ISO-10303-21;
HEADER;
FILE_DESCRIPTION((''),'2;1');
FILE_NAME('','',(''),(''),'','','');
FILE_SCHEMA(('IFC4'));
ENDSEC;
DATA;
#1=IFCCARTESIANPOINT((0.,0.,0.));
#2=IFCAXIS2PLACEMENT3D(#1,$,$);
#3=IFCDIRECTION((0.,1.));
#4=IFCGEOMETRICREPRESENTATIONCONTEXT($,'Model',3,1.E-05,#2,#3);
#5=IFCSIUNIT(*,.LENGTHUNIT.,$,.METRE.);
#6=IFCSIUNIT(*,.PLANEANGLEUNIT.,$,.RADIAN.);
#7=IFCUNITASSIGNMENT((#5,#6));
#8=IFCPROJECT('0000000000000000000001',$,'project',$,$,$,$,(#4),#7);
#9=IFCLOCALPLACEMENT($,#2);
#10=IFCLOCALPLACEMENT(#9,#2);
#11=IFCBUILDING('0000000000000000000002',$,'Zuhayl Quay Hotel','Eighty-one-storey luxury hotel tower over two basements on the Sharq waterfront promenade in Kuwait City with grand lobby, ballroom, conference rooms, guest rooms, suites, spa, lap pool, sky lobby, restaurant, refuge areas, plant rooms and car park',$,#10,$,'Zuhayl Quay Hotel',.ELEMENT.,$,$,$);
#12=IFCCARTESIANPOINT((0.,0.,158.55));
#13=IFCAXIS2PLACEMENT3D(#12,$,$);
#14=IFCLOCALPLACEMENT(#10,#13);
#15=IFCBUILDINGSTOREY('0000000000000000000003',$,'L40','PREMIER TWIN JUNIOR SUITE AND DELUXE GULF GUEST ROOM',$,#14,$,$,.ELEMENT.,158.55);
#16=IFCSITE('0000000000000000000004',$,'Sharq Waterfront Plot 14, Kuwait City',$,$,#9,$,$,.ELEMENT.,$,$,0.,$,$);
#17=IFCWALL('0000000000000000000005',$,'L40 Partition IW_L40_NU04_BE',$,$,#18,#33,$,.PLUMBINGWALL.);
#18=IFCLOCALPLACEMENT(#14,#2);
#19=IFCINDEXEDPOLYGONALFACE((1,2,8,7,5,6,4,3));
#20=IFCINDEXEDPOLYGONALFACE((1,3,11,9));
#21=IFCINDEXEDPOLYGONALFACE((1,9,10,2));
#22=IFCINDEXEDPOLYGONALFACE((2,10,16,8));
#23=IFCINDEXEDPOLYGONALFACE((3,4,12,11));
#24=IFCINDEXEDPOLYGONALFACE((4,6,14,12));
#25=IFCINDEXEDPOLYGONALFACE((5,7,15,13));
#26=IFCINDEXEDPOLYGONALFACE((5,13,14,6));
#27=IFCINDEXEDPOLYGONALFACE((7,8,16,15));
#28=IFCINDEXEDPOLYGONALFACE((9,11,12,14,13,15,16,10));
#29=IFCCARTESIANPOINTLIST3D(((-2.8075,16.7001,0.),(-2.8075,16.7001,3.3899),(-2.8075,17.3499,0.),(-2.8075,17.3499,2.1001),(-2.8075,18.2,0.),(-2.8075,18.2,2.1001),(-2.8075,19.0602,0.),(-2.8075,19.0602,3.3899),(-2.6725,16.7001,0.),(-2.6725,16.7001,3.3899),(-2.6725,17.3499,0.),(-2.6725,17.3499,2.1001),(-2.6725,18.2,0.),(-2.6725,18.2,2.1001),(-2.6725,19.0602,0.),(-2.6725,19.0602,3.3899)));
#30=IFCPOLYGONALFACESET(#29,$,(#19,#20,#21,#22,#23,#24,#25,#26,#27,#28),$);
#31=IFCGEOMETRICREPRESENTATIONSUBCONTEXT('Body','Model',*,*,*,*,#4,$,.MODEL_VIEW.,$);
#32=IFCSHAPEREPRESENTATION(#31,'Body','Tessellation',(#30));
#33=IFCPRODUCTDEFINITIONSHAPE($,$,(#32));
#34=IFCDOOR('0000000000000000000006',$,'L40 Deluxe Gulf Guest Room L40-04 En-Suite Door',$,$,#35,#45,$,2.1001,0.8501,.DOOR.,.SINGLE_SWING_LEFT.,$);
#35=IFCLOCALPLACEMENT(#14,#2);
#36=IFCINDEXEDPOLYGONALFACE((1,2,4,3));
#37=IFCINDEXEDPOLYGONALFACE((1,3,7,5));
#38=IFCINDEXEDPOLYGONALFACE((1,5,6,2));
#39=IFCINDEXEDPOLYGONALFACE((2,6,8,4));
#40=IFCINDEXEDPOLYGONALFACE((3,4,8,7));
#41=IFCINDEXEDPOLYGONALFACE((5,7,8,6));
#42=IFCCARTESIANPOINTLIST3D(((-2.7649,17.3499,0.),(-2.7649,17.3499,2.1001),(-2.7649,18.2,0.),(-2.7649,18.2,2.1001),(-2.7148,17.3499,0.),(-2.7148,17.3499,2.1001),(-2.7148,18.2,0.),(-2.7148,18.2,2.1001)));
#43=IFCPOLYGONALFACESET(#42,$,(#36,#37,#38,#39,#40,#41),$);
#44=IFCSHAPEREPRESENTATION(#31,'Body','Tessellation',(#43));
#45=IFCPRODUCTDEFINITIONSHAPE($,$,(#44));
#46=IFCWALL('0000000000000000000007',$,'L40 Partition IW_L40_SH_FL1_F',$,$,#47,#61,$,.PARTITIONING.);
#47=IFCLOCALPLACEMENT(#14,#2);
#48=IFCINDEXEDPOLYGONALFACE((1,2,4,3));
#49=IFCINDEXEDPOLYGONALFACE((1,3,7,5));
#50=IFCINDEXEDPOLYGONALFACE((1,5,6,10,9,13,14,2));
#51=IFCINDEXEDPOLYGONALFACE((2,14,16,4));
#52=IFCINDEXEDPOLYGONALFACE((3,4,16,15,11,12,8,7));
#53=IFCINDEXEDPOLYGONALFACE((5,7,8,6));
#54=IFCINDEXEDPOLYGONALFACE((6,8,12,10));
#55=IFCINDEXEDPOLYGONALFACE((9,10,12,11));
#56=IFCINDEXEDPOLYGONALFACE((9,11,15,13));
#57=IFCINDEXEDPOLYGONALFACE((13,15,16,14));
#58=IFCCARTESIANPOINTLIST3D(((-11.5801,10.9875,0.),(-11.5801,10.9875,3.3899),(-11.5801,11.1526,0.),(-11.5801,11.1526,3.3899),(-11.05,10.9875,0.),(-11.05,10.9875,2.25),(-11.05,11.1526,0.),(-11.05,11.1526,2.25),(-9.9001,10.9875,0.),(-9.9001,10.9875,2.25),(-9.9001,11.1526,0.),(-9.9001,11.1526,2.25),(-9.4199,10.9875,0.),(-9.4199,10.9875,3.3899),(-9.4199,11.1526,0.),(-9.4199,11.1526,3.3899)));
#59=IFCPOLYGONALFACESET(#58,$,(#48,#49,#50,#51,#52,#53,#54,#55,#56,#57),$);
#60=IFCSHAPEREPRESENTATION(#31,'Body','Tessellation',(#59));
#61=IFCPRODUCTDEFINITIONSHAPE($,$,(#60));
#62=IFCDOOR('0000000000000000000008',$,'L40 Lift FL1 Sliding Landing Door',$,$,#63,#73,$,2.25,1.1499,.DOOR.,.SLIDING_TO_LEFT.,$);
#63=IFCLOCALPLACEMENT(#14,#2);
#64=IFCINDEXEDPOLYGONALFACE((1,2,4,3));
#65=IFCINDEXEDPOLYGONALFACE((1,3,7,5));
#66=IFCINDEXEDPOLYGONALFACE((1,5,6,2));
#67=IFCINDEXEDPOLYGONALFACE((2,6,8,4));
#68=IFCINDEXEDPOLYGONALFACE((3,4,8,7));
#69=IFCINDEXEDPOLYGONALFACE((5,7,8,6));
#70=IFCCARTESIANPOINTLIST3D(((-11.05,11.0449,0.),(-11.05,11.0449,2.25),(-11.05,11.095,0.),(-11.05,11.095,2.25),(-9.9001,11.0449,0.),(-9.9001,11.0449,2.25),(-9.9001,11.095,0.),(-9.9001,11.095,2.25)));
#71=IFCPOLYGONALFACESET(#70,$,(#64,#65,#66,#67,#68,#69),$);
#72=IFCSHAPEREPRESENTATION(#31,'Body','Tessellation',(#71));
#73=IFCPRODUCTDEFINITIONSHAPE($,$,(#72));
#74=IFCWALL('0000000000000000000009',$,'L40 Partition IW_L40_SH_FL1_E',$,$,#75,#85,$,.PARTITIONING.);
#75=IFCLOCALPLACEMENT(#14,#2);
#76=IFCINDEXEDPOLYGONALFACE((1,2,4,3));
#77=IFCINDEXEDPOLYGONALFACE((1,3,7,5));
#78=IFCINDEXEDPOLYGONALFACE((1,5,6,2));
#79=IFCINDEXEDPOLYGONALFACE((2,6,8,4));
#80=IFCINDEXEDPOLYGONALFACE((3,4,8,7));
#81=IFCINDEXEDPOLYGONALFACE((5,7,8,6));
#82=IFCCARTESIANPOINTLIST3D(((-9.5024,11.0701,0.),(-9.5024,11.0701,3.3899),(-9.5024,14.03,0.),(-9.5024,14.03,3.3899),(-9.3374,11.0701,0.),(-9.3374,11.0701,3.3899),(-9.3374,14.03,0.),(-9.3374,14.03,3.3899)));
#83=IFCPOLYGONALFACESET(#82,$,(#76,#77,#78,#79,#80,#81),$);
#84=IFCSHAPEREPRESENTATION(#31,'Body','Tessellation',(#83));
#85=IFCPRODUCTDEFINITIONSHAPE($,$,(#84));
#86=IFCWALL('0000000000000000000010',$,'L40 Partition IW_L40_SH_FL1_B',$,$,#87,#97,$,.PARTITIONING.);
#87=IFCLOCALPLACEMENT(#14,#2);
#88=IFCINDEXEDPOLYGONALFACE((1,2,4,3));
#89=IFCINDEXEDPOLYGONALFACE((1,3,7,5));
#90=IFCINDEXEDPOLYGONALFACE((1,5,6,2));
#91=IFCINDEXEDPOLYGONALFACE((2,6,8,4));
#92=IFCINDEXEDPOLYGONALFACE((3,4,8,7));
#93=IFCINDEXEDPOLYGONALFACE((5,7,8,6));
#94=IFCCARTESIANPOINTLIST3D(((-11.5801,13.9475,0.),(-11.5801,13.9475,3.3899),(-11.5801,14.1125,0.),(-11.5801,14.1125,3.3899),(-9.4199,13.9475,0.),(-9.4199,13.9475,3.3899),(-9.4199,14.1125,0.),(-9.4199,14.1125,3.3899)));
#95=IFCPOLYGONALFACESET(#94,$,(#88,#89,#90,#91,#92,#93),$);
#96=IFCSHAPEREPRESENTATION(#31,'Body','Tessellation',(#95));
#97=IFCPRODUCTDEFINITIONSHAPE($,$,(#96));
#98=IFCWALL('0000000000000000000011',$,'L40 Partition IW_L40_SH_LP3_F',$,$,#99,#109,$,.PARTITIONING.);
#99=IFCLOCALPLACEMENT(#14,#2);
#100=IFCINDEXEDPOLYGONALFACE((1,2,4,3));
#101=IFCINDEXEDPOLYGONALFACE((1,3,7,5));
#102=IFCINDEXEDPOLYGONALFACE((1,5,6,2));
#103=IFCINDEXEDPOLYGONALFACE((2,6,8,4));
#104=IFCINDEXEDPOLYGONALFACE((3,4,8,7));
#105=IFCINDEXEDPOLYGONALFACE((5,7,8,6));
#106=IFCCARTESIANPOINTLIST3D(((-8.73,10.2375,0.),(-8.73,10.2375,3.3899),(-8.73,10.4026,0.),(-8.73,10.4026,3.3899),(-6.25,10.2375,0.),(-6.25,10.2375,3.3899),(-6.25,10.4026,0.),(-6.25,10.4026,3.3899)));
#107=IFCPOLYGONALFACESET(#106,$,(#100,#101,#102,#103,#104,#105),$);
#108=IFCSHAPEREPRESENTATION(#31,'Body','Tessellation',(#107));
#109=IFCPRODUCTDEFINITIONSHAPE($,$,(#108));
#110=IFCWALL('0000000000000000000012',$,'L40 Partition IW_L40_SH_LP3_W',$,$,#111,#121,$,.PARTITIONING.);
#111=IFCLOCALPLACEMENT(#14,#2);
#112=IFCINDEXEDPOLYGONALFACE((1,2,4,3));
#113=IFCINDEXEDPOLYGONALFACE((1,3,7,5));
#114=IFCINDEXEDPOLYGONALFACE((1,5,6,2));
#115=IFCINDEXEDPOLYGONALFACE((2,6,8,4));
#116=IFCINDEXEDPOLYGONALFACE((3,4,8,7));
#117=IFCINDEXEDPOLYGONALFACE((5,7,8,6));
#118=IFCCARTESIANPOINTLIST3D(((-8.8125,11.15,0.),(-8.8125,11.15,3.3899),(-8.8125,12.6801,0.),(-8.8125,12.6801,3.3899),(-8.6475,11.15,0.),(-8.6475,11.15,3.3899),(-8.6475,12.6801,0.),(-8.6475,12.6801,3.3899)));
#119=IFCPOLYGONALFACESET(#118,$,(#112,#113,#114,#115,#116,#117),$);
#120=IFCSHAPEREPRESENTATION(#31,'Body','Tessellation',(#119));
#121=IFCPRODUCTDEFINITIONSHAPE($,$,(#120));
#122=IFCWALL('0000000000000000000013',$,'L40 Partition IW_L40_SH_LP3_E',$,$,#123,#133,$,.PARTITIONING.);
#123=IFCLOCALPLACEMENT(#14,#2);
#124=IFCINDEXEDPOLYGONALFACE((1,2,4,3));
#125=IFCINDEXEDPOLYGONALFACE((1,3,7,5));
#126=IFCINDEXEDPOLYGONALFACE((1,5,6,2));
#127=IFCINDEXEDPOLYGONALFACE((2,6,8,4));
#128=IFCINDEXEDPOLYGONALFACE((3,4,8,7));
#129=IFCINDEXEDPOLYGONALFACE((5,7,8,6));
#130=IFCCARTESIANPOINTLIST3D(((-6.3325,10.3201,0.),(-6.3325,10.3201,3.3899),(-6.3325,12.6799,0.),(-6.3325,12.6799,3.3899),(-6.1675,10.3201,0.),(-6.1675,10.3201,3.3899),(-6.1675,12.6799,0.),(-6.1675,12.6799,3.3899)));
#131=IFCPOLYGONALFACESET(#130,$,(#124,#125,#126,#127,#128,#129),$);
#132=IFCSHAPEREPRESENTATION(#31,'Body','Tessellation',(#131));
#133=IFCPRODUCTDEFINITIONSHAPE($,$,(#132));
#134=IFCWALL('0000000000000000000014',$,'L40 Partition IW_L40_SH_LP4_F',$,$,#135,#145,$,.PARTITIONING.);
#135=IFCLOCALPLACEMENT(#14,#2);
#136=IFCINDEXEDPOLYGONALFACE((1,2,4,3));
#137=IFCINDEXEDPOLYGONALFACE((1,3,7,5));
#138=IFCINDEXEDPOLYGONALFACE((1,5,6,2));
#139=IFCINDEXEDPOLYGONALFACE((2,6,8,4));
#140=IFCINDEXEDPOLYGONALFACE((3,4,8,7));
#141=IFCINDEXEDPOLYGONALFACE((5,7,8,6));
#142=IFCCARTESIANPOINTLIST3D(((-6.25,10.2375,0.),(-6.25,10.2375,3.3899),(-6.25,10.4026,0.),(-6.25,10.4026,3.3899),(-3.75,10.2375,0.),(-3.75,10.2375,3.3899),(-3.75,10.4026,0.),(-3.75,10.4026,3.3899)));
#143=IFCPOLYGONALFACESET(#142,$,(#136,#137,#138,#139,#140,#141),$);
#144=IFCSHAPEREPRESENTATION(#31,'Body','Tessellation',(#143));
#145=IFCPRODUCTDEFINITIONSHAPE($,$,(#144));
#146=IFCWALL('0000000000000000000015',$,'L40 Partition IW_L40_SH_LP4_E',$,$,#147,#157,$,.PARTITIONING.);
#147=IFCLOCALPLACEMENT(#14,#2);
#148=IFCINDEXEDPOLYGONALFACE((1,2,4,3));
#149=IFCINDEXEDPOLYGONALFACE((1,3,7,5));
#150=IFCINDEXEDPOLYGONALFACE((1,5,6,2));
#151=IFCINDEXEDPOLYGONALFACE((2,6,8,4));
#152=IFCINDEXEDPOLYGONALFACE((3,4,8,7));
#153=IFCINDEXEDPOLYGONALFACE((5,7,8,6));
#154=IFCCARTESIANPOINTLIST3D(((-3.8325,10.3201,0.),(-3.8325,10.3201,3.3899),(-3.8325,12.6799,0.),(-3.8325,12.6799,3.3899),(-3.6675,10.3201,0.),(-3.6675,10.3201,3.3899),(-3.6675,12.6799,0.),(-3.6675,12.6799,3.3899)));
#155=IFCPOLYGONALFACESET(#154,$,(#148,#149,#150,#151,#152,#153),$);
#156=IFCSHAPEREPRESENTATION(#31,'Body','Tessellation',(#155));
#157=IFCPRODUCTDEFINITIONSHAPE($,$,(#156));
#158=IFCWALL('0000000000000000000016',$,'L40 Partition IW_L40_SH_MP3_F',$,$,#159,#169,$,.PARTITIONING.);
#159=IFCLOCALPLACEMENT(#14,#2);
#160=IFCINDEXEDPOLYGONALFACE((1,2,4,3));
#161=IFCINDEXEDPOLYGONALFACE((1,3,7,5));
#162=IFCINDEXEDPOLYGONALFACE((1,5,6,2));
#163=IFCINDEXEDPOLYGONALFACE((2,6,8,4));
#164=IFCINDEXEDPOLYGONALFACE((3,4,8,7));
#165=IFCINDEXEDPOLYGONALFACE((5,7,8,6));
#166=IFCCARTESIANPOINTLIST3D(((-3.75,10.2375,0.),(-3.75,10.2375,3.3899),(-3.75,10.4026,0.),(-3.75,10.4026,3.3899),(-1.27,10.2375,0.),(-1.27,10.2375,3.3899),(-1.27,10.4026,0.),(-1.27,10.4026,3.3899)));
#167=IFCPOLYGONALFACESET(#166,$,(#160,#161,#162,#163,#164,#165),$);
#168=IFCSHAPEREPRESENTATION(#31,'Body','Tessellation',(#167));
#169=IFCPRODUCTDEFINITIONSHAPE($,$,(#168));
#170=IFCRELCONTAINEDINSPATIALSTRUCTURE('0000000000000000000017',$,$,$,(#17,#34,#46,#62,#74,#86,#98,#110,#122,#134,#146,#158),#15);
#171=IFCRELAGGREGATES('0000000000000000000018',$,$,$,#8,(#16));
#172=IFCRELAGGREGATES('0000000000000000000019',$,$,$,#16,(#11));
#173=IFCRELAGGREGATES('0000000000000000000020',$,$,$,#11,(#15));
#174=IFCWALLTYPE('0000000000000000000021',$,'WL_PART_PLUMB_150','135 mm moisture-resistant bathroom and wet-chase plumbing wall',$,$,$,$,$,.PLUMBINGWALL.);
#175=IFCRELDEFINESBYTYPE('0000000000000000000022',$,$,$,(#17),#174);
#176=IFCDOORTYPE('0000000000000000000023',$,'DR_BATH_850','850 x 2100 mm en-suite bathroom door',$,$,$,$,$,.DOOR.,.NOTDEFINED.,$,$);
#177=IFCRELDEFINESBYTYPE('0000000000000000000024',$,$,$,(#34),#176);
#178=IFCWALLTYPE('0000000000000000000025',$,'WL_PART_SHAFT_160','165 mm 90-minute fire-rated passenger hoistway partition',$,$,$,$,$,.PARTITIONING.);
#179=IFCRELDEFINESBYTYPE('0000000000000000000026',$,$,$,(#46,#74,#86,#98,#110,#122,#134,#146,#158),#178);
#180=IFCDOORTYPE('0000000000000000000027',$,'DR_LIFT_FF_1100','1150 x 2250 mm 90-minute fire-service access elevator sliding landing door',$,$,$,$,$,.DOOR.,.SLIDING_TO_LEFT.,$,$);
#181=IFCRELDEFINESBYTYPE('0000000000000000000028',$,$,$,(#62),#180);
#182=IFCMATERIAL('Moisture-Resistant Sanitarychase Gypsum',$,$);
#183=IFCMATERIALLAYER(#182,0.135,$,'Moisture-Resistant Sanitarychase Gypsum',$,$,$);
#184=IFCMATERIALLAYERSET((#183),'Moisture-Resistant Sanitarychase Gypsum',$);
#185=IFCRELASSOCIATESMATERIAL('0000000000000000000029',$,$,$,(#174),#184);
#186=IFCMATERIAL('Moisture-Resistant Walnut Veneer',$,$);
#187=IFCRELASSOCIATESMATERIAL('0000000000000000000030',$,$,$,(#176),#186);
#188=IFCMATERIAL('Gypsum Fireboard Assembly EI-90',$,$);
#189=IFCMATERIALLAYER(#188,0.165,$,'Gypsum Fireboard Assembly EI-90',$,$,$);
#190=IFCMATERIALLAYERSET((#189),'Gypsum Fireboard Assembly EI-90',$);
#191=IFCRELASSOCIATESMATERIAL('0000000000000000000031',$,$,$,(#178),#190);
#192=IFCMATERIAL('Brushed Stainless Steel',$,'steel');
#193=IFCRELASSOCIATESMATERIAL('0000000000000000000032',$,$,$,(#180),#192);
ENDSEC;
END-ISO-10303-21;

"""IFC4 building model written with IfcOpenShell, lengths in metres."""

from ifc_helpers import new_model, si_unit, direction, frame, frame_2d, origin, place, context, subcontext, project, spatial, rectangle, extrude, material, layer, layer_set, type_object, element, fill, save


model = new_model("IFC4")

# Units and contexts
model_context = context("Model", 3, precision=1e-05, world=origin(), true_north=direction((0.0, 1.0)))
body_context = subcontext(model_context, "Body", "Model", "MODEL_VIEW")
ifc_project = project(units=[si_unit("LENGTHUNIT", "METRE"), si_unit("PLANEANGLEUNIT", "RADIAN")], contexts=[model_context])

# Site, building, storey
site_placement = place(None, origin())
site = spatial("IfcSite", under=ifc_project, at=site_placement, Name="Sharq Waterfront Plot 14, Kuwait City", CompositionType="ELEMENT", RefElevation=0.0)
building_placement = place(site_placement, origin())
building = spatial("IfcBuilding", under=site, at=building_placement, Name="Zuhayl Quay Hotel", Description="Eighty-one-storey luxury hotel tower over two basements on the Sharq waterfront promenade in Kuwait City with grand lobby, ballroom, conference rooms, guest rooms, suites, spa, lap pool, sky lobby, restaurant, refuge areas, plant rooms and car park", LongName="Zuhayl Quay Hotel", CompositionType="ELEMENT")
storey_placement = place(building_placement, frame((0.0, 0.0, 158.55)))
storey = spatial("IfcBuildingStorey", under=building, at=storey_placement, Name="L40", Description="PREMIER TWIN JUNIOR SUITE AND DELUXE GULF GUEST ROOM", CompositionType="ELEMENT", Elevation=158.55)

# Walls, openings, doors
ifc_material_1 = material(Name="Moisture-Resistant Sanitarychase Gypsum")
ifc_layer_1 = layer(ifc_material_1, 0.135, Name="Moisture-Resistant Sanitarychase Gypsum")
ifc_layer_set_1 = layer_set([ifc_layer_1], Name="Moisture-Resistant Sanitarychase Gypsum")
wall_type_1 = type_object("IfcWallType", Name="WL_PART_PLUMB_150", Description="135 mm moisture-resistant bathroom and wet-chase plumbing wall", PredefinedType="PLUMBINGWALL", material=ifc_layer_set_1)
ifc_material_2 = material(Name="Moisture-Resistant Walnut Veneer")
door_type_1 = type_object("IfcDoorType", Name="DR_BATH_850", Description="850 x 2100 mm en-suite bathroom door", OperationType="NOTDEFINED", PredefinedType="DOOR", material=ifc_material_2)
wall_1_placement = place(storey_placement, frame((-2.74, 16.7, 0.0), z_axis=(0.0, 0.0, 1.0), x_axis=(0.0, 1.0, 0.0)))
wall_1 = element("IfcWall", 1, at=wall_1_placement, inside=storey, type_object=wall_type_1, Name="L40 Partition IW_L40_NU04_BE", PredefinedType="PLUMBINGWALL", context=body_context, shape_type="SweptSolid", body=[
    extrude(rectangle(XDim=2.3601, YDim=0.135, at=frame_2d((1.1802, 0.0))), origin(), (0.0, 0.0, 1.0), 3.3899),
])
opening_1_placement = place(wall_1_placement, frame((0.6499, 0.0, 0.0)))
opening_1 = element("IfcOpeningElement", 2, at=opening_1_placement, cuts=wall_1, PredefinedType="OPENING", context=body_context, shape_type="SweptSolid", body=[
    extrude(rectangle(XDim=0.8501, YDim=2.1001, at=frame_2d((0.425, 1.05))), frame((0.0, 0.0774, 0.0), z_axis=(0.0, -1.0, 0.0), x_axis=(1.0, 0.0, 0.0)), (0.0, 0.0, 1.0), 0.155),
])
door_1_placement = place(opening_1_placement, origin())
door_1 = element("IfcDoor", 3, at=door_1_placement, inside=storey, type_object=door_type_1, Name="L40 Deluxe Gulf Guest Room L40-04 En-Suite Door", OperationType="SINGLE_SWING_LEFT", OverallHeight=2.1001, OverallWidth=0.8501, PredefinedType="DOOR", context=body_context, shape_type="SweptSolid", body=[
    extrude(rectangle(XDim=0.8501, YDim=2.1001, at=frame_2d((0.425, 1.05))), frame((0.0, 0.0249, 0.0), z_axis=(0.0, -1.0, 0.0), x_axis=(1.0, 0.0, 0.0)), (0.0, 0.0, 1.0), 0.05),
])
fill(opening_1, door_1)
ifc_material_3 = material(Name="Gypsum Fireboard Assembly EI-90")
ifc_layer_2 = layer(ifc_material_3, 0.165, Name="Gypsum Fireboard Assembly EI-90")
ifc_layer_set_2 = layer_set([ifc_layer_2], Name="Gypsum Fireboard Assembly EI-90")
wall_type_2 = type_object("IfcWallType", Name="WL_PART_SHAFT_160", Description="165 mm 90-minute fire-rated passenger hoistway partition", PredefinedType="PARTITIONING", material=ifc_layer_set_2)
wall_2_placement = place(storey_placement, frame((-11.5801, 11.0701, 0.0), z_axis=(0.0, 0.0, 1.0), x_axis=(1.0, 0.0, 0.0)))
wall_2 = element("IfcWall", 4, at=wall_2_placement, inside=storey, type_object=wall_type_2, Name="L40 Partition IW_L40_SH_FL1_F", PredefinedType="PARTITIONING", context=body_context, shape_type="SweptSolid", body=[
    extrude(rectangle(XDim=2.1602, YDim=0.165, at=frame_2d((1.0801, 0.0))), origin(), (0.0, 0.0, 1.0), 3.3899),
])
opening_2_placement = place(wall_2_placement, frame((0.53, 0.0, 0.0)))
opening_2 = element("IfcOpeningElement", 5, at=opening_2_placement, cuts=wall_2, PredefinedType="OPENING", context=body_context, shape_type="SweptSolid", body=[
    extrude(rectangle(XDim=1.1499, YDim=2.25, at=frame_2d((0.575, 1.125))), frame((0.0, 0.0925, 0.0), z_axis=(0.0, -1.0, 0.0), x_axis=(1.0, 0.0, 0.0)), (0.0, 0.0, 1.0), 0.1851),
])
ifc_material_4 = material(Name="Brushed Stainless Steel", Category="steel")
door_type_2 = type_object("IfcDoorType", Name="DR_LIFT_FF_1100", Description="1150 x 2250 mm 90-minute fire-service access elevator sliding landing door", OperationType="SLIDING_TO_LEFT", PredefinedType="DOOR", material=ifc_material_4)
door_2_placement = place(opening_2_placement, origin())
door_2 = element("IfcDoor", 6, at=door_2_placement, inside=storey, type_object=door_type_2, Name="L40 Lift FL1 Sliding Landing Door", OperationType="SLIDING_TO_LEFT", OverallHeight=2.25, OverallWidth=1.1499, PredefinedType="DOOR", context=body_context, shape_type="SweptSolid", body=[
    extrude(rectangle(XDim=1.1499, YDim=2.25, at=frame_2d((0.575, 1.125))), frame((0.0, 0.0249, 0.0), z_axis=(0.0, -1.0, 0.0), x_axis=(1.0, 0.0, 0.0)), (0.0, 0.0, 1.0), 0.05),
])
fill(opening_2, door_2)

# Walls
wall_3_placement = place(storey_placement, frame((-9.4199, 11.0701, 0.0), z_axis=(0.0, 0.0, 1.0), x_axis=(0.0, 1.0, 0.0)))
element("IfcWall", 7, at=wall_3_placement, inside=storey, type_object=wall_type_2, Name="L40 Partition IW_L40_SH_FL1_E", PredefinedType="PARTITIONING", context=body_context, shape_type="SweptSolid", body=[
    extrude(rectangle(XDim=2.96, YDim=0.165, at=frame_2d((1.48, 0.0))), origin(), (0.0, 0.0, 1.0), 3.3899),
])
wall_4_placement = place(storey_placement, frame((-11.5801, 14.03, 0.0), z_axis=(0.0, 0.0, 1.0), x_axis=(1.0, 0.0, 0.0)))
element("IfcWall", 8, at=wall_4_placement, inside=storey, type_object=wall_type_2, Name="L40 Partition IW_L40_SH_FL1_B", PredefinedType="PARTITIONING", context=body_context, shape_type="SweptSolid", body=[
    extrude(rectangle(XDim=2.1602, YDim=0.165, at=frame_2d((1.0801, 0.0))), origin(), (0.0, 0.0, 1.0), 3.3899),
])
wall_5_placement = place(storey_placement, frame((-8.73, 10.3201, 0.0), z_axis=(0.0, 0.0, 1.0), x_axis=(1.0, 0.0, 0.0)))
element("IfcWall", 9, at=wall_5_placement, inside=storey, type_object=wall_type_2, Name="L40 Partition IW_L40_SH_LP3_F", PredefinedType="PARTITIONING", context=body_context, shape_type="SweptSolid", body=[
    extrude(rectangle(XDim=2.48, YDim=0.165, at=frame_2d((1.24, 0.0))), origin(), (0.0, 0.0, 1.0), 3.3899),
])
wall_6_placement = place(storey_placement, frame((-8.73, 11.1499, 0.0), z_axis=(0.0, 0.0, 1.0), x_axis=(0.0, 1.0, 0.0)))
element("IfcWall", 10, at=wall_6_placement, inside=storey, type_object=wall_type_2, Name="L40 Partition IW_L40_SH_LP3_W", PredefinedType="PARTITIONING", context=body_context, shape_type="SweptSolid", body=[
    extrude(rectangle(XDim=1.53, YDim=0.165, at=frame_2d((0.7651, 0.0))), origin(), (0.0, 0.0, 1.0), 3.3899),
])
wall_7_placement = place(storey_placement, frame((-6.25, 10.3201, 0.0), z_axis=(0.0, 0.0, 1.0), x_axis=(0.0, 1.0, 0.0)))
element("IfcWall", 11, at=wall_7_placement, inside=storey, type_object=wall_type_2, Name="L40 Partition IW_L40_SH_LP3_E", PredefinedType="PARTITIONING", context=body_context, shape_type="SweptSolid", body=[
    extrude(rectangle(XDim=2.3599, YDim=0.165, at=frame_2d((1.1799, 0.0))), origin(), (0.0, 0.0, 1.0), 3.3899),
])
wall_8_placement = place(storey_placement, frame((-6.25, 10.3201, 0.0), z_axis=(0.0, 0.0, 1.0), x_axis=(1.0, 0.0, 0.0)))
element("IfcWall", 12, at=wall_8_placement, inside=storey, type_object=wall_type_2, Name="L40 Partition IW_L40_SH_LP4_F", PredefinedType="PARTITIONING", context=body_context, shape_type="SweptSolid", body=[
    extrude(rectangle(XDim=2.5, YDim=0.165, at=frame_2d((1.25, 0.0))), origin(), (0.0, 0.0, 1.0), 3.3899),
])
wall_9_placement = place(storey_placement, frame((-3.75, 10.3201, 0.0), z_axis=(0.0, 0.0, 1.0), x_axis=(0.0, 1.0, 0.0)))
element("IfcWall", 13, at=wall_9_placement, inside=storey, type_object=wall_type_2, Name="L40 Partition IW_L40_SH_LP4_E", PredefinedType="PARTITIONING", context=body_context, shape_type="SweptSolid", body=[
    extrude(rectangle(XDim=2.3599, YDim=0.165, at=frame_2d((1.1799, 0.0))), origin(), (0.0, 0.0, 1.0), 3.3899),
])
wall_10_placement = place(storey_placement, frame((-3.75, 10.3201, 0.0), z_axis=(0.0, 0.0, 1.0), x_axis=(1.0, 0.0, 0.0)))
element("IfcWall", 14, at=wall_10_placement, inside=storey, type_object=wall_type_2, Name="L40 Partition IW_L40_SH_MP3_F", PredefinedType="PARTITIONING", context=body_context, shape_type="SweptSolid", body=[
    extrude(rectangle(XDim=2.48, YDim=0.165, at=frame_2d((1.24, 0.0))), origin(), (0.0, 0.0, 1.0), 3.3899),
])

save(model, "model.ifc")
